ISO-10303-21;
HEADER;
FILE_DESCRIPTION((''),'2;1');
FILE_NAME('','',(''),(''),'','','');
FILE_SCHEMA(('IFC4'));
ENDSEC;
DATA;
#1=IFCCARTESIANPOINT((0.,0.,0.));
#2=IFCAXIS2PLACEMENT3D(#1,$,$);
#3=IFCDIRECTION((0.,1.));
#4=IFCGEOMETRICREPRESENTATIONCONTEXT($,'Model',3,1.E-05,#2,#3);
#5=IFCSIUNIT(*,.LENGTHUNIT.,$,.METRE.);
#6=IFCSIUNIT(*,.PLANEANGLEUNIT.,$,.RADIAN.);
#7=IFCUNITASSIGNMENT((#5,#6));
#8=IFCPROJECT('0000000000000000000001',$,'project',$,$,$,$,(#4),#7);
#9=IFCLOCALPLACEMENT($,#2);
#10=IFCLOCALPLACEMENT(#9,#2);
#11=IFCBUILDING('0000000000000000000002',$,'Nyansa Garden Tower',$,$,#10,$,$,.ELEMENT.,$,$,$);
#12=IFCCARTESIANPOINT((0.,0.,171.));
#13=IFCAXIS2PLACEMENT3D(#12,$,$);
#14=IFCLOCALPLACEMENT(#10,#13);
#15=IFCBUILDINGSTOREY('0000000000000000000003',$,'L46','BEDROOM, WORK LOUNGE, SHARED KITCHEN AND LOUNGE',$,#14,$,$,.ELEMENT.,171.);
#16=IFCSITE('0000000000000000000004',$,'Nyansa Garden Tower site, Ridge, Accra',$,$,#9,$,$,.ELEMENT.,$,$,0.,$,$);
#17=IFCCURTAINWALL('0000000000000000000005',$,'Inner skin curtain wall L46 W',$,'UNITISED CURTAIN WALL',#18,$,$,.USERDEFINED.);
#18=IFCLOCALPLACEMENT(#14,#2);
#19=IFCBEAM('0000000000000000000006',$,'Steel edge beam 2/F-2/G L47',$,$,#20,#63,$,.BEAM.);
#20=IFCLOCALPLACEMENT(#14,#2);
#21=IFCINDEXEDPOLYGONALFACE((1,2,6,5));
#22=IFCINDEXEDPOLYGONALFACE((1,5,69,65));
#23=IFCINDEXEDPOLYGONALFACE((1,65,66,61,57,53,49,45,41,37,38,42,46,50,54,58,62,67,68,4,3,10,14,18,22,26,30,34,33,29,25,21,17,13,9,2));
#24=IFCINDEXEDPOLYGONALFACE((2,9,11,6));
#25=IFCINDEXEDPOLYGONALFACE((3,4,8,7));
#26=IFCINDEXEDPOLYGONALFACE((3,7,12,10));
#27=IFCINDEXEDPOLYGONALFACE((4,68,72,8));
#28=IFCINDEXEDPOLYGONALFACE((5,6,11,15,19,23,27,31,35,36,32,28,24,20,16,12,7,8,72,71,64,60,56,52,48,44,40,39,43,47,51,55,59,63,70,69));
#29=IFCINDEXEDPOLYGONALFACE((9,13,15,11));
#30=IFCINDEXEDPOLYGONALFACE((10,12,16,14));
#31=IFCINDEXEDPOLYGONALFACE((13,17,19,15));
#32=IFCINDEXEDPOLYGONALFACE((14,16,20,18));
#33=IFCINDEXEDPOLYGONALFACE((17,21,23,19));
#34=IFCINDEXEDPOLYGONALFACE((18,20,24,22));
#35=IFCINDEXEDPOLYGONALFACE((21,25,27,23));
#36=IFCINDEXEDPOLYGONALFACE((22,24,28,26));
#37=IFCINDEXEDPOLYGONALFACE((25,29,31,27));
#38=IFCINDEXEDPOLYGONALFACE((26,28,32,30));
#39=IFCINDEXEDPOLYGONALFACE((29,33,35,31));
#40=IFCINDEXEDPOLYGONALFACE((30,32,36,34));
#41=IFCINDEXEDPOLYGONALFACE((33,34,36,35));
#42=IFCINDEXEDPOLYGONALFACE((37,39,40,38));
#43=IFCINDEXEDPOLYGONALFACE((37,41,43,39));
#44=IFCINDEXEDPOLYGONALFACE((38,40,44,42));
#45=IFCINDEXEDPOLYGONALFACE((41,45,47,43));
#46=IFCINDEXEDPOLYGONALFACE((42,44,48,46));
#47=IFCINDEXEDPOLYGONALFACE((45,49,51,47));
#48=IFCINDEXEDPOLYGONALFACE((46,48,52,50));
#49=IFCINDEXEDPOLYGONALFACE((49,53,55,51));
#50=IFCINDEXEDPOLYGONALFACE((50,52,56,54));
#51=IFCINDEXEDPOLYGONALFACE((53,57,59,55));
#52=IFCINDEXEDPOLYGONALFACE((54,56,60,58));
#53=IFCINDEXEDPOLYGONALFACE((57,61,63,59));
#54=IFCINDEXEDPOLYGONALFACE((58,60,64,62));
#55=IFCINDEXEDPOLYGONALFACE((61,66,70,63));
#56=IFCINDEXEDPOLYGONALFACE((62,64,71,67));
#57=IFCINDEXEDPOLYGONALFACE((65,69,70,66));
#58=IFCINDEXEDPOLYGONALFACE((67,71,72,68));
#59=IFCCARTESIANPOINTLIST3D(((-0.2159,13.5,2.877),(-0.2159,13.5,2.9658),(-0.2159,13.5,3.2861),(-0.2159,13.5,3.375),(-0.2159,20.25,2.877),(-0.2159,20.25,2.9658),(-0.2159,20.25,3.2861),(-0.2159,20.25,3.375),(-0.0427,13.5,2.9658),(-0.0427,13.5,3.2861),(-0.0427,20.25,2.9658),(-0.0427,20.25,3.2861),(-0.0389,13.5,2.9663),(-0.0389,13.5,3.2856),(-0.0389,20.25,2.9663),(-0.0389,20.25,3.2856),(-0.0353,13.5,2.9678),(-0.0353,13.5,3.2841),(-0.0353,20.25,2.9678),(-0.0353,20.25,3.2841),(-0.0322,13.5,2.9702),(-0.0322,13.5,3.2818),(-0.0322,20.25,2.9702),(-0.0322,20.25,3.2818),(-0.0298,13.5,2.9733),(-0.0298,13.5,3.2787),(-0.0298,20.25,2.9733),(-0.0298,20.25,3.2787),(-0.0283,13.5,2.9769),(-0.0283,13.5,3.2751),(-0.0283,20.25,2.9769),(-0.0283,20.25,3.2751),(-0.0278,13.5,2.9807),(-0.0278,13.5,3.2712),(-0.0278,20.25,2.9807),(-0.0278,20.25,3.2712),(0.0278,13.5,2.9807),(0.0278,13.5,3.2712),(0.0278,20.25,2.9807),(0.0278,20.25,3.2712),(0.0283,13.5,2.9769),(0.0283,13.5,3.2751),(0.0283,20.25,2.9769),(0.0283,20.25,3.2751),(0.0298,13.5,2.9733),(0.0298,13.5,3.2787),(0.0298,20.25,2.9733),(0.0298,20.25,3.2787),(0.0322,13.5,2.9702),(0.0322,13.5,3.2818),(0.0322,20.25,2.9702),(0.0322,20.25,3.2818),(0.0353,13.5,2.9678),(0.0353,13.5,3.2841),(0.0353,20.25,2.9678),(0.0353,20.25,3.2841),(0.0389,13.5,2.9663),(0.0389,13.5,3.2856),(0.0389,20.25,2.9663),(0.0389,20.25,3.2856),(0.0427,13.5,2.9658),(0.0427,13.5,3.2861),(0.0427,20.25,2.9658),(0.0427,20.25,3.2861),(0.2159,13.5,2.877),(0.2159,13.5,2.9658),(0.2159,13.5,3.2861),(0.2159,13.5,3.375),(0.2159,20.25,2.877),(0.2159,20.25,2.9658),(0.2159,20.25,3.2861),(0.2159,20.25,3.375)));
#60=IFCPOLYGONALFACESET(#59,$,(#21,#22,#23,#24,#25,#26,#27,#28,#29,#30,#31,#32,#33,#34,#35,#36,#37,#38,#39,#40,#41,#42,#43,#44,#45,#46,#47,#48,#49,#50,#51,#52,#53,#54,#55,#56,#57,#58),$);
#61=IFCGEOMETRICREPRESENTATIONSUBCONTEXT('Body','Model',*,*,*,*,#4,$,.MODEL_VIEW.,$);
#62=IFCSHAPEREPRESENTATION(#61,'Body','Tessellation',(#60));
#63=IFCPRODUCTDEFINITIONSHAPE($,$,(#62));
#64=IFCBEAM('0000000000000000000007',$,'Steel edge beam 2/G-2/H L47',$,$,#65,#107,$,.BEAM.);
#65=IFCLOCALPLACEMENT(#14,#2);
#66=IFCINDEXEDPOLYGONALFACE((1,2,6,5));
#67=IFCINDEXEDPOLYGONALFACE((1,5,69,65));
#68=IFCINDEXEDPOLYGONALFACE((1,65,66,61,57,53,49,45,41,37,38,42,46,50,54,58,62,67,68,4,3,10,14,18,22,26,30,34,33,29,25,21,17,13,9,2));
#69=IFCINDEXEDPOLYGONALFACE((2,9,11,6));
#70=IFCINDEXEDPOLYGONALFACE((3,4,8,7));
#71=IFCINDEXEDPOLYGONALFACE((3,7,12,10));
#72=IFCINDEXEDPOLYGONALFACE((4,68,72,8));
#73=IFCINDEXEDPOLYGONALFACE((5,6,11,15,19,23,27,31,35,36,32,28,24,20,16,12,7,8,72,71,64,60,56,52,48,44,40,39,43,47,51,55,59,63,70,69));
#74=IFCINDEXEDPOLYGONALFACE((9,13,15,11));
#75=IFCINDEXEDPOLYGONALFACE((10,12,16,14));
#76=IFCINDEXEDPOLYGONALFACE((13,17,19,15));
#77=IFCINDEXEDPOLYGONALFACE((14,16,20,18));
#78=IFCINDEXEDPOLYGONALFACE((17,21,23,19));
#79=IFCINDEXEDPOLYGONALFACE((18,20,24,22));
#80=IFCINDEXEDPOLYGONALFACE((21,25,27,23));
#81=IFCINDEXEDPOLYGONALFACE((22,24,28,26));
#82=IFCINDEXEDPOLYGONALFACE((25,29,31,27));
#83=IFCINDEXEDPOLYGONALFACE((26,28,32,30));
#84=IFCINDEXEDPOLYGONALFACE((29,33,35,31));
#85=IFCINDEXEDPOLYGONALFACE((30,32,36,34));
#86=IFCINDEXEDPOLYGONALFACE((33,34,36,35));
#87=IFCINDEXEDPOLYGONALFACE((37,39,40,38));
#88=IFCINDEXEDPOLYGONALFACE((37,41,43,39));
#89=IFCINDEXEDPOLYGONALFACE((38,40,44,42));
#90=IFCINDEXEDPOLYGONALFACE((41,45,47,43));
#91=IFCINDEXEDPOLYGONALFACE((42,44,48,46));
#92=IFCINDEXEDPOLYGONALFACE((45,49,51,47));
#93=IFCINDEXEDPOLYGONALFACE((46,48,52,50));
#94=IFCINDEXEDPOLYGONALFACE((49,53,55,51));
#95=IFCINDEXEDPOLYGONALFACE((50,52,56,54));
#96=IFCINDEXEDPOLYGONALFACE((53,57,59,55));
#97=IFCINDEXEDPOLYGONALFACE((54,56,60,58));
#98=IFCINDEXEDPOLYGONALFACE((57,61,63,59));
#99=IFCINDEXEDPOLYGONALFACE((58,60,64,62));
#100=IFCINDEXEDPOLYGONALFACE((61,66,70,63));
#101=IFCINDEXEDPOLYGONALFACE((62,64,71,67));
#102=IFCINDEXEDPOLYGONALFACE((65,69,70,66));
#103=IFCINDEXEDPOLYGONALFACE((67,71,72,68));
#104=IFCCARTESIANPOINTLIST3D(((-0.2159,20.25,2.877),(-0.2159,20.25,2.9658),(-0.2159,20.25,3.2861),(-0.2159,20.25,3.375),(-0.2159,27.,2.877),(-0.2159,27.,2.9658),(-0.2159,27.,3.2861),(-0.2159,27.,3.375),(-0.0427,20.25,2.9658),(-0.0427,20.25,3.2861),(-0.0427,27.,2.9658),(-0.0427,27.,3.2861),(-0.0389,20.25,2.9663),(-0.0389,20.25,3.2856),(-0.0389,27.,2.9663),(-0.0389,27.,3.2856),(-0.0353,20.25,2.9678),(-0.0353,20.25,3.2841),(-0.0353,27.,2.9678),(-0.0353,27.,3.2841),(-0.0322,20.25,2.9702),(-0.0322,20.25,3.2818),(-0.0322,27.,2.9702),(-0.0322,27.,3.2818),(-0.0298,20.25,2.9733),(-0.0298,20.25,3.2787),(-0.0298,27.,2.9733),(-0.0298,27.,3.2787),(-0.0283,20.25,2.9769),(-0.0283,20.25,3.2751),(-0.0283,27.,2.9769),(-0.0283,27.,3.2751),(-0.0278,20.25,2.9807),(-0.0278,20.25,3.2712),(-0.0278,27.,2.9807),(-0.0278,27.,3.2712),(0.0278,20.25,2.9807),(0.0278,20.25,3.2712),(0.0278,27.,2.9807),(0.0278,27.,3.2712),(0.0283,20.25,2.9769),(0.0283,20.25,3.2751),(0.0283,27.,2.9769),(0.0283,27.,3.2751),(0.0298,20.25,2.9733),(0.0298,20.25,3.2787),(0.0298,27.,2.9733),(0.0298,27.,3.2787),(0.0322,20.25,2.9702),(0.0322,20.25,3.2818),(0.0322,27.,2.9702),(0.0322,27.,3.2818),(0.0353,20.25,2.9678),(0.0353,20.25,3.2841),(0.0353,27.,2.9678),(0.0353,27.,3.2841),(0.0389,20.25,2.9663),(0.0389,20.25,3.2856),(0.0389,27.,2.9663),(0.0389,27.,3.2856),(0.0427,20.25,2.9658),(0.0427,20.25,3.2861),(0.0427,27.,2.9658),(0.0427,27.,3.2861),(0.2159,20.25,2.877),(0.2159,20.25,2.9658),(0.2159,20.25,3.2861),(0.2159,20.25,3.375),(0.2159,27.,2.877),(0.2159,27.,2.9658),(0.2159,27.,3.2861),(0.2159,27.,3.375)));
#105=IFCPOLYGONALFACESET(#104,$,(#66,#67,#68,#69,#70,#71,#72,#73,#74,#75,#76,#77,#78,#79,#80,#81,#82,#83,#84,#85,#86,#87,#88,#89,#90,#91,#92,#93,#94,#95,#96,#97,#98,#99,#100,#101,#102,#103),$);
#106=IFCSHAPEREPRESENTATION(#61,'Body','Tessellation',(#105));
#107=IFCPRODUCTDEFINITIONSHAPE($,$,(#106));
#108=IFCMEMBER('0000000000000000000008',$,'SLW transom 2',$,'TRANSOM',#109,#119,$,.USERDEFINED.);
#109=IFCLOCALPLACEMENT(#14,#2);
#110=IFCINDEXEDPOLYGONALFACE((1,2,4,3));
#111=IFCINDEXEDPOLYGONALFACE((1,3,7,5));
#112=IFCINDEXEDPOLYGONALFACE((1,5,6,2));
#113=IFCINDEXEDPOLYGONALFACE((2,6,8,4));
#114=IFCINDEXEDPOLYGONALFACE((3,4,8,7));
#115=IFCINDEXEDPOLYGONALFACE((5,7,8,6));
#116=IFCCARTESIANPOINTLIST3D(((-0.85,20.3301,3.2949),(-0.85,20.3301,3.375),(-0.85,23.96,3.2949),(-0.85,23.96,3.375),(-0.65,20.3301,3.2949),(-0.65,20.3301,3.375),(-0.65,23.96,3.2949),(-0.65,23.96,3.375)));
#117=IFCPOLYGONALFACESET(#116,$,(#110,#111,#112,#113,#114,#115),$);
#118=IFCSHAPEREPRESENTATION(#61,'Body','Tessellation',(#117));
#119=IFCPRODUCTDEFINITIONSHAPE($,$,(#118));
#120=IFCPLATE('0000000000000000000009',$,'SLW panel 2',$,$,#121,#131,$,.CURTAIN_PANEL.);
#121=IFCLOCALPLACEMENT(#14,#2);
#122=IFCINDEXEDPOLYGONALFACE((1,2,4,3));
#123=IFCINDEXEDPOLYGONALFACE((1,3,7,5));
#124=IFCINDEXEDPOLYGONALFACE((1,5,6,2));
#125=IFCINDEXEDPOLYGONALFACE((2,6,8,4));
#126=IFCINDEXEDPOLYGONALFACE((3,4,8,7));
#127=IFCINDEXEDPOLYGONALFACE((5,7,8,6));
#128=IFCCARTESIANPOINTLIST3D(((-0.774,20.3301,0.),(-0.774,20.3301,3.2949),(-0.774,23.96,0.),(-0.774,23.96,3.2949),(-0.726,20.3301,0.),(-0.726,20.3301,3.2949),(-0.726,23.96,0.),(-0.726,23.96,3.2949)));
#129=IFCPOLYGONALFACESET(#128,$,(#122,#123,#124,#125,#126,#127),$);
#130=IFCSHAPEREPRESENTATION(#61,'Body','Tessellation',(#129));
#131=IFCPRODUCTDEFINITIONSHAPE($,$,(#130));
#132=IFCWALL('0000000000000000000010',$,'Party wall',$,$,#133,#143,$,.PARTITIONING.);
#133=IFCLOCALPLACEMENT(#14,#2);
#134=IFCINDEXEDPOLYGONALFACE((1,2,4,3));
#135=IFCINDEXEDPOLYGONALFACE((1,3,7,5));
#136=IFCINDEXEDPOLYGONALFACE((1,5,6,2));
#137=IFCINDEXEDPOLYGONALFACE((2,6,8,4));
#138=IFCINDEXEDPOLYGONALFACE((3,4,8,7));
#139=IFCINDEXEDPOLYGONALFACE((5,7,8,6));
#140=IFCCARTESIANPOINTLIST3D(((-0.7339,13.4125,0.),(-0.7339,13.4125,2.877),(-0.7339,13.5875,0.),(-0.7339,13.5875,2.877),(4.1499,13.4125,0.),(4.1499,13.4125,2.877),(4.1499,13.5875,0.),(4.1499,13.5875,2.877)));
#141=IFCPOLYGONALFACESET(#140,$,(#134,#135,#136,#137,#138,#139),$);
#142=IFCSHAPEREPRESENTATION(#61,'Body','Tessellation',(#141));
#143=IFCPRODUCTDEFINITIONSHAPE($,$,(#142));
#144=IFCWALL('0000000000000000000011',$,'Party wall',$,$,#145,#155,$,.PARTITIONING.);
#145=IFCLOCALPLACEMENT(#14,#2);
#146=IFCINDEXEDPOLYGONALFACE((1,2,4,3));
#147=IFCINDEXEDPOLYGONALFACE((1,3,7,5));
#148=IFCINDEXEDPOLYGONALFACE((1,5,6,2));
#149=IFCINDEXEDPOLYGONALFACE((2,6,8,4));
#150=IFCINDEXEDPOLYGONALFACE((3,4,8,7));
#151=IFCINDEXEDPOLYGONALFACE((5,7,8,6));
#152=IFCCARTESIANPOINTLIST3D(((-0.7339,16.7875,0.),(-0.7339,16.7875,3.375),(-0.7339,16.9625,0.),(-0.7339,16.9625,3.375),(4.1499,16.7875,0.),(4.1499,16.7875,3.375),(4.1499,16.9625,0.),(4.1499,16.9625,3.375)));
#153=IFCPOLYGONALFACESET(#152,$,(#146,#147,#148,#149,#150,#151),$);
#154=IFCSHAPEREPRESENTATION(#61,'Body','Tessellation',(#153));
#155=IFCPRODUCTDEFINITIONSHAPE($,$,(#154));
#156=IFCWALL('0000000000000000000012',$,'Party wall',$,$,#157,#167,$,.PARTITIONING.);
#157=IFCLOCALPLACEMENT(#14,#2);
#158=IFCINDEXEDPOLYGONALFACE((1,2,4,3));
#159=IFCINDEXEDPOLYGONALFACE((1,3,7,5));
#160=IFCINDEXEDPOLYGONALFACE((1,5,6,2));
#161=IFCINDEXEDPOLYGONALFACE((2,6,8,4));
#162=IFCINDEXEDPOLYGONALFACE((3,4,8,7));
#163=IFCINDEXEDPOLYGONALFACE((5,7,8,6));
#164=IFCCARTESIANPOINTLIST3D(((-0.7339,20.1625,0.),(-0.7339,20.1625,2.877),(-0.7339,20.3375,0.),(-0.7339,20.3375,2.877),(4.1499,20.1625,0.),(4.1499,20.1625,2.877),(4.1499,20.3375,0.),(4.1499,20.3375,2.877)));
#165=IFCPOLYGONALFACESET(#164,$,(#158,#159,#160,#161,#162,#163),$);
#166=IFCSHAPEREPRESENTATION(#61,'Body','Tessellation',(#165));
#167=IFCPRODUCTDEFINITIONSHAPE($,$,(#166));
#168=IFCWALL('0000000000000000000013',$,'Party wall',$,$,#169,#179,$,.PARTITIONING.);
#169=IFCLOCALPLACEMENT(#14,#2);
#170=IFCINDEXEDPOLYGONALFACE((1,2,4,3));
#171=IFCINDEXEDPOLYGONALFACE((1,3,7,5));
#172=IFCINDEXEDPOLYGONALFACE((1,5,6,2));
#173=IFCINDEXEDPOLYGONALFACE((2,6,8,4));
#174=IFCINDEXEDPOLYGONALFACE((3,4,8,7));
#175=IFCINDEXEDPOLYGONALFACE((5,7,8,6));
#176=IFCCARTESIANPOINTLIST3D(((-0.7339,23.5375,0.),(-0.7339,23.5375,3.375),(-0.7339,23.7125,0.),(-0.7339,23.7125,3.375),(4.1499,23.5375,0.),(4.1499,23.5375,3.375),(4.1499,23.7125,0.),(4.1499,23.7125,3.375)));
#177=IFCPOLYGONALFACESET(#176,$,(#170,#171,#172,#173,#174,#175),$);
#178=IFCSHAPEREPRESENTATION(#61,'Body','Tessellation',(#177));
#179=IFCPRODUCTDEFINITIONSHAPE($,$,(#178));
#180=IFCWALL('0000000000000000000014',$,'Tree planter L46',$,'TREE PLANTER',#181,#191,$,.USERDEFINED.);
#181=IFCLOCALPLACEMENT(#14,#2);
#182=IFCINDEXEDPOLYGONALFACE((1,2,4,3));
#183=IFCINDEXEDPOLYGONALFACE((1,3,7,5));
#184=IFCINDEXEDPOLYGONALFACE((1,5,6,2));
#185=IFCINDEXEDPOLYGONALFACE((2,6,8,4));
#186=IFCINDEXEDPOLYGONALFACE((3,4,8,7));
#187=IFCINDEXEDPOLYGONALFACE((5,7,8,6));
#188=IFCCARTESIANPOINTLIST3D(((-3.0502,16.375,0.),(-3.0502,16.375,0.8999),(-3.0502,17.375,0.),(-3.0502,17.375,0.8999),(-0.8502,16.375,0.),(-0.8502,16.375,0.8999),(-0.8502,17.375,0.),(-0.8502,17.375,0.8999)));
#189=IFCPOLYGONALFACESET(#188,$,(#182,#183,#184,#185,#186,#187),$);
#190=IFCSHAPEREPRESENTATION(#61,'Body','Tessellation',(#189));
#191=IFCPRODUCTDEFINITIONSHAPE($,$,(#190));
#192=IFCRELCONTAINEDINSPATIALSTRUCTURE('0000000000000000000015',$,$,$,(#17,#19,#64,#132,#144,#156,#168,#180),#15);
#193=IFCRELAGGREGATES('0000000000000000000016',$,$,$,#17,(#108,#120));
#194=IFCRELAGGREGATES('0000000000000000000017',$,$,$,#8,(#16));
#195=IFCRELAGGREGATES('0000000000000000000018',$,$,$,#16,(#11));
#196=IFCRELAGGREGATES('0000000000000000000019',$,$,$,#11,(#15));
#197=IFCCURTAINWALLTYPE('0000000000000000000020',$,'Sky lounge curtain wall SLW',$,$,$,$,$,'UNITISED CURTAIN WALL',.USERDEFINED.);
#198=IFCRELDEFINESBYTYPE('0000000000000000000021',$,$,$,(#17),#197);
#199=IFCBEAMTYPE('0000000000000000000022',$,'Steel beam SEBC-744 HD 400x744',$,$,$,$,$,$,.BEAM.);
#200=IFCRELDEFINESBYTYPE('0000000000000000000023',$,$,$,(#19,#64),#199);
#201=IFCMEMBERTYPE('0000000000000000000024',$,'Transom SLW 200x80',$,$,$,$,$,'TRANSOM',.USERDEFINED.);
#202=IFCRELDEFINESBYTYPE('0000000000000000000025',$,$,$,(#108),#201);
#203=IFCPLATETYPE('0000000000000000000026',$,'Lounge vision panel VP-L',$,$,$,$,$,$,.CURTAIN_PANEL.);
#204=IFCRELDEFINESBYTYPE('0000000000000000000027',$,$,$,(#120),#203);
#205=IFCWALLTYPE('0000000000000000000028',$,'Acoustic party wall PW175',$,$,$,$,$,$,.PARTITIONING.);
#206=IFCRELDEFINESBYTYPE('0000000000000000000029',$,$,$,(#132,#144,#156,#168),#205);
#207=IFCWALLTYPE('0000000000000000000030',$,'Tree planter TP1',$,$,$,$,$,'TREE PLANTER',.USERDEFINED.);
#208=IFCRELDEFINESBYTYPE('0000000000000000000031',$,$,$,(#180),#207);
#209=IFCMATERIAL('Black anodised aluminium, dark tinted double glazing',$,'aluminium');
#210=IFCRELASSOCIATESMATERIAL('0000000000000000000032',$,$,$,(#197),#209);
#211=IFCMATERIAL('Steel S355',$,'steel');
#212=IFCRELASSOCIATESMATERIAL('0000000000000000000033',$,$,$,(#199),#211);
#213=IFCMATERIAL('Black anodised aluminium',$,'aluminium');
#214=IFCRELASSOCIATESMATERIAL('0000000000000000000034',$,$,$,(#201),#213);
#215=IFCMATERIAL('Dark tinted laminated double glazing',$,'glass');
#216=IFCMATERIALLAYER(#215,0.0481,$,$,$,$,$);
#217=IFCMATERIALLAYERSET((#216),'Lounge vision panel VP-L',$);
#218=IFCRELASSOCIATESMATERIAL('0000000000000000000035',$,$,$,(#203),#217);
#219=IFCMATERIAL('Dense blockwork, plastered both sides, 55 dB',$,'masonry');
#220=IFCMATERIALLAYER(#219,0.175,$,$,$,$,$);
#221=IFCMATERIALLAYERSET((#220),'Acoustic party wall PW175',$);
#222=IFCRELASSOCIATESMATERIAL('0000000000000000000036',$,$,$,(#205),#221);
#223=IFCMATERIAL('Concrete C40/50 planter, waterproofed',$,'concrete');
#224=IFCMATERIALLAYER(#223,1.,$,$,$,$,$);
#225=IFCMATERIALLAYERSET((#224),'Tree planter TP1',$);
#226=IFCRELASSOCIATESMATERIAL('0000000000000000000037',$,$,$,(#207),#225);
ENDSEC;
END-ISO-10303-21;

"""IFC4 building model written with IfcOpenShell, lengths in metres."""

from ifc_helpers import new_model, si_unit, direction, frame, frame_2d, origin, origin_2d, place, context, subcontext, project, spatial, rectangle, i_section, extrude, material, layer, layer_set, material_profile, profile_set, type_object, element, aggregate, save


model = new_model("IFC4")

# Units and contexts
model_context = context("Model", 3, precision=1e-05, world=origin(), true_north=direction((0.0, 1.0)))
body_context = subcontext(model_context, "Body", "Model", "MODEL_VIEW")
ifc_project = project(units=[si_unit("LENGTHUNIT", "METRE"), si_unit("PLANEANGLEUNIT", "RADIAN")], contexts=[model_context])

# Site, building, storey
site_placement = place(None, origin())
site = spatial("IfcSite", under=ifc_project, at=site_placement, Name="Nyansa Garden Tower site, Ridge, Accra", CompositionType="ELEMENT", RefElevation=0.0)
building_placement = place(site_placement, origin())
building = spatial("IfcBuilding", under=site, at=building_placement, Name="Nyansa Garden Tower", CompositionType="ELEMENT")
storey_placement = place(building_placement, frame((0.0, 0.0, 171.0)))
storey = spatial("IfcBuildingStorey", under=building, at=storey_placement, Name="L46", Description="BEDROOM, WORK LOUNGE, SHARED KITCHEN AND LOUNGE", CompositionType="ELEMENT", Elevation=171.0)

# Curtain wall
ifc_material_1 = material(Name="Black anodised aluminium, dark tinted double glazing", Category="aluminium")
curtain_wall_type = type_object("IfcCurtainWallType", Name="Sky lounge curtain wall SLW", ElementType="UNITISED CURTAIN WALL", PredefinedType="USERDEFINED", material=ifc_material_1)
curtain_wall_placement = place(storey_placement, origin())
curtain_wall = element("IfcCurtainWall", 1, at=curtain_wall_placement, inside=storey, type_object=curtain_wall_type, Name="Inner skin curtain wall L46 W", ObjectType="UNITISED CURTAIN WALL", PredefinedType="USERDEFINED")

# Beams
ifc_material_2 = material(Name="Steel S355", Category="steel")
ifc_material_profile_1 = material_profile(ifc_material_2, i_section(OverallWidth=0.4319, OverallDepth=0.498, WebThickness=0.0557, FlangeThickness=0.0889, FilletRadius=0.0149, at=origin_2d()), Name="HD 400x744")
ifc_profile_set_1 = profile_set([ifc_material_profile_1], Name="Steel S355")
beam_type_1 = type_object("IfcBeamType", Name="Steel beam SEBC-744 HD 400x744", PredefinedType="BEAM", material=ifc_profile_set_1)
for number, where, z_axis, x_axis, name in (
    (2, (0.0, 13.5, 3.126), (0.0, 1.0, 0.0), (-1.0, 0.0, 0.0), "Steel edge beam 2/F-2/G L47"),
    (3, (0.0, 20.25, 3.126), (0.0, 1.0, 0.0), (-1.0, 0.0, 0.0), "Steel edge beam 2/G-2/H L47"),
):
    element("IfcBeam", number, at=place(storey_placement, frame(where, z_axis=z_axis, x_axis=x_axis)), inside=storey, type_object=beam_type_1, Name=name, PredefinedType="BEAM", context=body_context, shape_type="SweptSolid", body=[
        extrude(i_section(OverallWidth=0.4319, OverallDepth=0.498, WebThickness=0.0557, FlangeThickness=0.0889, FilletRadius=0.0149, at=origin_2d()), origin(), (0.0, 0.0, 1.0), 6.75),
    ])

# Member
ifc_material_3 = material(Name="Black anodised aluminium", Category="aluminium")
ifc_material_profile_2 = material_profile(ifc_material_3, rectangle(XDim=0.2, YDim=0.0801, at=origin_2d()), Name="Transom 200x80")
ifc_profile_set_2 = profile_set([ifc_material_profile_2], Name="Black anodised aluminium")
member_type_1 = type_object("IfcMemberType", Name="Transom SLW 200x80", ElementType="TRANSOM", PredefinedType="USERDEFINED", material=ifc_profile_set_2)
member_1_placement = place(storey_placement, frame((-0.75, 23.96, 3.335), z_axis=(0.0, -1.0, 0.0), x_axis=(1.0, 0.0, 0.0)))
member_1 = element("IfcMember", 4, at=member_1_placement, type_object=member_type_1, Name="SLW transom 2", ObjectType="TRANSOM", PredefinedType="USERDEFINED", context=body_context, shape_type="SweptSolid", body=[
    extrude(rectangle(XDim=0.2, YDim=0.0801, at=origin_2d()), origin(), (0.0, 0.0, 1.0), 3.6299),
])

# Plate
ifc_material_4 = material(Name="Dark tinted laminated double glazing", Category="glass")
ifc_layer_1 = layer(ifc_material_4, 0.0481)
ifc_layer_set_1 = layer_set([ifc_layer_1], Name="Lounge vision panel VP-L")
plate_type = type_object("IfcPlateType", Name="Lounge vision panel VP-L", PredefinedType="CURTAIN_PANEL", material=ifc_layer_set_1)
plate_placement = place(storey_placement, frame((-0.75, 22.145, 0.0), z_axis=(0.0, 0.0, 1.0), x_axis=(0.0, -1.0, 0.0)))
plate = element("IfcPlate", 5, at=plate_placement, type_object=plate_type, Name="SLW panel 2", PredefinedType="CURTAIN_PANEL", context=body_context, shape_type="SweptSolid", body=[
    extrude(rectangle(XDim=3.6299, YDim=0.0481, at=origin_2d()), origin(), (0.0, 0.0, 1.0), 3.2949),
])
aggregate(curtain_wall, [member_1, plate])

# Walls
ifc_material_5 = material(Name="Dense blockwork, plastered both sides, 55 dB", Category="masonry")
ifc_layer_2 = layer(ifc_material_5, 0.175)
ifc_layer_set_2 = layer_set([ifc_layer_2], Name="Acoustic party wall PW175")
wall_type_1 = type_object("IfcWallType", Name="Acoustic party wall PW175", PredefinedType="PARTITIONING", material=ifc_layer_set_2)
wall_1_placement = place(storey_placement, frame((-0.7339, 13.5, 0.0), z_axis=(0.0, 0.0, 1.0), x_axis=(1.0, 0.0, 0.0)))
element("IfcWall", 6, at=wall_1_placement, inside=storey, type_object=wall_type_1, Name="Party wall", PredefinedType="PARTITIONING", context=body_context, shape_type="SweptSolid", body=[
    extrude(rectangle(XDim=4.8838, YDim=0.175, at=frame_2d((2.4419, 0.0))), origin(), (0.0, 0.0, 1.0), 2.877),
])
wall_2_placement = place(storey_placement, frame((-0.7339, 16.875, 0.0), z_axis=(0.0, 0.0, 1.0), x_axis=(1.0, 0.0, 0.0)))
element("IfcWall", 7, at=wall_2_placement, inside=storey, type_object=wall_type_1, Name="Party wall", PredefinedType="PARTITIONING", context=body_context, shape_type="SweptSolid", body=[
    extrude(rectangle(XDim=4.8838, YDim=0.175, at=frame_2d((2.4419, 0.0))), origin(), (0.0, 0.0, 1.0), 3.375),
])
wall_3_placement = place(storey_placement, frame((-0.7339, 20.25, 0.0), z_axis=(0.0, 0.0, 1.0), x_axis=(1.0, 0.0, 0.0)))
element("IfcWall", 8, at=wall_3_placement, inside=storey, type_object=wall_type_1, Name="Party wall", PredefinedType="PARTITIONING", context=body_context, shape_type="SweptSolid", body=[
    extrude(rectangle(XDim=4.8838, YDim=0.175, at=frame_2d((2.4419, 0.0))), origin(), (0.0, 0.0, 1.0), 2.877),
])
wall_4_placement = place(storey_placement, frame((-0.7339, 23.625, 0.0), z_axis=(0.0, 0.0, 1.0), x_axis=(1.0, 0.0, 0.0)))
element("IfcWall", 9, at=wall_4_placement, inside=storey, type_object=wall_type_1, Name="Party wall", PredefinedType="PARTITIONING", context=body_context, shape_type="SweptSolid", body=[
    extrude(rectangle(XDim=4.8838, YDim=0.175, at=frame_2d((2.4419, 0.0))), origin(), (0.0, 0.0, 1.0), 3.375),
])
ifc_material_6 = material(Name="Concrete C40/50 planter, waterproofed", Category="concrete")
ifc_layer_3 = layer(ifc_material_6, 1.0)
ifc_layer_set_3 = layer_set([ifc_layer_3], Name="Tree planter TP1")
wall_type_2 = type_object("IfcWallType", Name="Tree planter TP1", ElementType="TREE PLANTER", PredefinedType="USERDEFINED", material=ifc_layer_set_3)
wall_5_placement = place(storey_placement, frame((-0.8501, 16.875, 0.0), z_axis=(0.0, 0.0, 1.0), x_axis=(-1.0, 0.0, 0.0)))
element("IfcWall", 10, at=wall_5_placement, inside=storey, type_object=wall_type_2, Name="Tree planter L46", ObjectType="TREE PLANTER", PredefinedType="USERDEFINED", context=body_context, shape_type="SweptSolid", body=[
    extrude(rectangle(XDim=2.2, YDim=1.0, at=frame_2d((1.1001, 0.0))), origin(), (0.0, 0.0, 1.0), 0.8999),
])

save(model, "model.ifc")
